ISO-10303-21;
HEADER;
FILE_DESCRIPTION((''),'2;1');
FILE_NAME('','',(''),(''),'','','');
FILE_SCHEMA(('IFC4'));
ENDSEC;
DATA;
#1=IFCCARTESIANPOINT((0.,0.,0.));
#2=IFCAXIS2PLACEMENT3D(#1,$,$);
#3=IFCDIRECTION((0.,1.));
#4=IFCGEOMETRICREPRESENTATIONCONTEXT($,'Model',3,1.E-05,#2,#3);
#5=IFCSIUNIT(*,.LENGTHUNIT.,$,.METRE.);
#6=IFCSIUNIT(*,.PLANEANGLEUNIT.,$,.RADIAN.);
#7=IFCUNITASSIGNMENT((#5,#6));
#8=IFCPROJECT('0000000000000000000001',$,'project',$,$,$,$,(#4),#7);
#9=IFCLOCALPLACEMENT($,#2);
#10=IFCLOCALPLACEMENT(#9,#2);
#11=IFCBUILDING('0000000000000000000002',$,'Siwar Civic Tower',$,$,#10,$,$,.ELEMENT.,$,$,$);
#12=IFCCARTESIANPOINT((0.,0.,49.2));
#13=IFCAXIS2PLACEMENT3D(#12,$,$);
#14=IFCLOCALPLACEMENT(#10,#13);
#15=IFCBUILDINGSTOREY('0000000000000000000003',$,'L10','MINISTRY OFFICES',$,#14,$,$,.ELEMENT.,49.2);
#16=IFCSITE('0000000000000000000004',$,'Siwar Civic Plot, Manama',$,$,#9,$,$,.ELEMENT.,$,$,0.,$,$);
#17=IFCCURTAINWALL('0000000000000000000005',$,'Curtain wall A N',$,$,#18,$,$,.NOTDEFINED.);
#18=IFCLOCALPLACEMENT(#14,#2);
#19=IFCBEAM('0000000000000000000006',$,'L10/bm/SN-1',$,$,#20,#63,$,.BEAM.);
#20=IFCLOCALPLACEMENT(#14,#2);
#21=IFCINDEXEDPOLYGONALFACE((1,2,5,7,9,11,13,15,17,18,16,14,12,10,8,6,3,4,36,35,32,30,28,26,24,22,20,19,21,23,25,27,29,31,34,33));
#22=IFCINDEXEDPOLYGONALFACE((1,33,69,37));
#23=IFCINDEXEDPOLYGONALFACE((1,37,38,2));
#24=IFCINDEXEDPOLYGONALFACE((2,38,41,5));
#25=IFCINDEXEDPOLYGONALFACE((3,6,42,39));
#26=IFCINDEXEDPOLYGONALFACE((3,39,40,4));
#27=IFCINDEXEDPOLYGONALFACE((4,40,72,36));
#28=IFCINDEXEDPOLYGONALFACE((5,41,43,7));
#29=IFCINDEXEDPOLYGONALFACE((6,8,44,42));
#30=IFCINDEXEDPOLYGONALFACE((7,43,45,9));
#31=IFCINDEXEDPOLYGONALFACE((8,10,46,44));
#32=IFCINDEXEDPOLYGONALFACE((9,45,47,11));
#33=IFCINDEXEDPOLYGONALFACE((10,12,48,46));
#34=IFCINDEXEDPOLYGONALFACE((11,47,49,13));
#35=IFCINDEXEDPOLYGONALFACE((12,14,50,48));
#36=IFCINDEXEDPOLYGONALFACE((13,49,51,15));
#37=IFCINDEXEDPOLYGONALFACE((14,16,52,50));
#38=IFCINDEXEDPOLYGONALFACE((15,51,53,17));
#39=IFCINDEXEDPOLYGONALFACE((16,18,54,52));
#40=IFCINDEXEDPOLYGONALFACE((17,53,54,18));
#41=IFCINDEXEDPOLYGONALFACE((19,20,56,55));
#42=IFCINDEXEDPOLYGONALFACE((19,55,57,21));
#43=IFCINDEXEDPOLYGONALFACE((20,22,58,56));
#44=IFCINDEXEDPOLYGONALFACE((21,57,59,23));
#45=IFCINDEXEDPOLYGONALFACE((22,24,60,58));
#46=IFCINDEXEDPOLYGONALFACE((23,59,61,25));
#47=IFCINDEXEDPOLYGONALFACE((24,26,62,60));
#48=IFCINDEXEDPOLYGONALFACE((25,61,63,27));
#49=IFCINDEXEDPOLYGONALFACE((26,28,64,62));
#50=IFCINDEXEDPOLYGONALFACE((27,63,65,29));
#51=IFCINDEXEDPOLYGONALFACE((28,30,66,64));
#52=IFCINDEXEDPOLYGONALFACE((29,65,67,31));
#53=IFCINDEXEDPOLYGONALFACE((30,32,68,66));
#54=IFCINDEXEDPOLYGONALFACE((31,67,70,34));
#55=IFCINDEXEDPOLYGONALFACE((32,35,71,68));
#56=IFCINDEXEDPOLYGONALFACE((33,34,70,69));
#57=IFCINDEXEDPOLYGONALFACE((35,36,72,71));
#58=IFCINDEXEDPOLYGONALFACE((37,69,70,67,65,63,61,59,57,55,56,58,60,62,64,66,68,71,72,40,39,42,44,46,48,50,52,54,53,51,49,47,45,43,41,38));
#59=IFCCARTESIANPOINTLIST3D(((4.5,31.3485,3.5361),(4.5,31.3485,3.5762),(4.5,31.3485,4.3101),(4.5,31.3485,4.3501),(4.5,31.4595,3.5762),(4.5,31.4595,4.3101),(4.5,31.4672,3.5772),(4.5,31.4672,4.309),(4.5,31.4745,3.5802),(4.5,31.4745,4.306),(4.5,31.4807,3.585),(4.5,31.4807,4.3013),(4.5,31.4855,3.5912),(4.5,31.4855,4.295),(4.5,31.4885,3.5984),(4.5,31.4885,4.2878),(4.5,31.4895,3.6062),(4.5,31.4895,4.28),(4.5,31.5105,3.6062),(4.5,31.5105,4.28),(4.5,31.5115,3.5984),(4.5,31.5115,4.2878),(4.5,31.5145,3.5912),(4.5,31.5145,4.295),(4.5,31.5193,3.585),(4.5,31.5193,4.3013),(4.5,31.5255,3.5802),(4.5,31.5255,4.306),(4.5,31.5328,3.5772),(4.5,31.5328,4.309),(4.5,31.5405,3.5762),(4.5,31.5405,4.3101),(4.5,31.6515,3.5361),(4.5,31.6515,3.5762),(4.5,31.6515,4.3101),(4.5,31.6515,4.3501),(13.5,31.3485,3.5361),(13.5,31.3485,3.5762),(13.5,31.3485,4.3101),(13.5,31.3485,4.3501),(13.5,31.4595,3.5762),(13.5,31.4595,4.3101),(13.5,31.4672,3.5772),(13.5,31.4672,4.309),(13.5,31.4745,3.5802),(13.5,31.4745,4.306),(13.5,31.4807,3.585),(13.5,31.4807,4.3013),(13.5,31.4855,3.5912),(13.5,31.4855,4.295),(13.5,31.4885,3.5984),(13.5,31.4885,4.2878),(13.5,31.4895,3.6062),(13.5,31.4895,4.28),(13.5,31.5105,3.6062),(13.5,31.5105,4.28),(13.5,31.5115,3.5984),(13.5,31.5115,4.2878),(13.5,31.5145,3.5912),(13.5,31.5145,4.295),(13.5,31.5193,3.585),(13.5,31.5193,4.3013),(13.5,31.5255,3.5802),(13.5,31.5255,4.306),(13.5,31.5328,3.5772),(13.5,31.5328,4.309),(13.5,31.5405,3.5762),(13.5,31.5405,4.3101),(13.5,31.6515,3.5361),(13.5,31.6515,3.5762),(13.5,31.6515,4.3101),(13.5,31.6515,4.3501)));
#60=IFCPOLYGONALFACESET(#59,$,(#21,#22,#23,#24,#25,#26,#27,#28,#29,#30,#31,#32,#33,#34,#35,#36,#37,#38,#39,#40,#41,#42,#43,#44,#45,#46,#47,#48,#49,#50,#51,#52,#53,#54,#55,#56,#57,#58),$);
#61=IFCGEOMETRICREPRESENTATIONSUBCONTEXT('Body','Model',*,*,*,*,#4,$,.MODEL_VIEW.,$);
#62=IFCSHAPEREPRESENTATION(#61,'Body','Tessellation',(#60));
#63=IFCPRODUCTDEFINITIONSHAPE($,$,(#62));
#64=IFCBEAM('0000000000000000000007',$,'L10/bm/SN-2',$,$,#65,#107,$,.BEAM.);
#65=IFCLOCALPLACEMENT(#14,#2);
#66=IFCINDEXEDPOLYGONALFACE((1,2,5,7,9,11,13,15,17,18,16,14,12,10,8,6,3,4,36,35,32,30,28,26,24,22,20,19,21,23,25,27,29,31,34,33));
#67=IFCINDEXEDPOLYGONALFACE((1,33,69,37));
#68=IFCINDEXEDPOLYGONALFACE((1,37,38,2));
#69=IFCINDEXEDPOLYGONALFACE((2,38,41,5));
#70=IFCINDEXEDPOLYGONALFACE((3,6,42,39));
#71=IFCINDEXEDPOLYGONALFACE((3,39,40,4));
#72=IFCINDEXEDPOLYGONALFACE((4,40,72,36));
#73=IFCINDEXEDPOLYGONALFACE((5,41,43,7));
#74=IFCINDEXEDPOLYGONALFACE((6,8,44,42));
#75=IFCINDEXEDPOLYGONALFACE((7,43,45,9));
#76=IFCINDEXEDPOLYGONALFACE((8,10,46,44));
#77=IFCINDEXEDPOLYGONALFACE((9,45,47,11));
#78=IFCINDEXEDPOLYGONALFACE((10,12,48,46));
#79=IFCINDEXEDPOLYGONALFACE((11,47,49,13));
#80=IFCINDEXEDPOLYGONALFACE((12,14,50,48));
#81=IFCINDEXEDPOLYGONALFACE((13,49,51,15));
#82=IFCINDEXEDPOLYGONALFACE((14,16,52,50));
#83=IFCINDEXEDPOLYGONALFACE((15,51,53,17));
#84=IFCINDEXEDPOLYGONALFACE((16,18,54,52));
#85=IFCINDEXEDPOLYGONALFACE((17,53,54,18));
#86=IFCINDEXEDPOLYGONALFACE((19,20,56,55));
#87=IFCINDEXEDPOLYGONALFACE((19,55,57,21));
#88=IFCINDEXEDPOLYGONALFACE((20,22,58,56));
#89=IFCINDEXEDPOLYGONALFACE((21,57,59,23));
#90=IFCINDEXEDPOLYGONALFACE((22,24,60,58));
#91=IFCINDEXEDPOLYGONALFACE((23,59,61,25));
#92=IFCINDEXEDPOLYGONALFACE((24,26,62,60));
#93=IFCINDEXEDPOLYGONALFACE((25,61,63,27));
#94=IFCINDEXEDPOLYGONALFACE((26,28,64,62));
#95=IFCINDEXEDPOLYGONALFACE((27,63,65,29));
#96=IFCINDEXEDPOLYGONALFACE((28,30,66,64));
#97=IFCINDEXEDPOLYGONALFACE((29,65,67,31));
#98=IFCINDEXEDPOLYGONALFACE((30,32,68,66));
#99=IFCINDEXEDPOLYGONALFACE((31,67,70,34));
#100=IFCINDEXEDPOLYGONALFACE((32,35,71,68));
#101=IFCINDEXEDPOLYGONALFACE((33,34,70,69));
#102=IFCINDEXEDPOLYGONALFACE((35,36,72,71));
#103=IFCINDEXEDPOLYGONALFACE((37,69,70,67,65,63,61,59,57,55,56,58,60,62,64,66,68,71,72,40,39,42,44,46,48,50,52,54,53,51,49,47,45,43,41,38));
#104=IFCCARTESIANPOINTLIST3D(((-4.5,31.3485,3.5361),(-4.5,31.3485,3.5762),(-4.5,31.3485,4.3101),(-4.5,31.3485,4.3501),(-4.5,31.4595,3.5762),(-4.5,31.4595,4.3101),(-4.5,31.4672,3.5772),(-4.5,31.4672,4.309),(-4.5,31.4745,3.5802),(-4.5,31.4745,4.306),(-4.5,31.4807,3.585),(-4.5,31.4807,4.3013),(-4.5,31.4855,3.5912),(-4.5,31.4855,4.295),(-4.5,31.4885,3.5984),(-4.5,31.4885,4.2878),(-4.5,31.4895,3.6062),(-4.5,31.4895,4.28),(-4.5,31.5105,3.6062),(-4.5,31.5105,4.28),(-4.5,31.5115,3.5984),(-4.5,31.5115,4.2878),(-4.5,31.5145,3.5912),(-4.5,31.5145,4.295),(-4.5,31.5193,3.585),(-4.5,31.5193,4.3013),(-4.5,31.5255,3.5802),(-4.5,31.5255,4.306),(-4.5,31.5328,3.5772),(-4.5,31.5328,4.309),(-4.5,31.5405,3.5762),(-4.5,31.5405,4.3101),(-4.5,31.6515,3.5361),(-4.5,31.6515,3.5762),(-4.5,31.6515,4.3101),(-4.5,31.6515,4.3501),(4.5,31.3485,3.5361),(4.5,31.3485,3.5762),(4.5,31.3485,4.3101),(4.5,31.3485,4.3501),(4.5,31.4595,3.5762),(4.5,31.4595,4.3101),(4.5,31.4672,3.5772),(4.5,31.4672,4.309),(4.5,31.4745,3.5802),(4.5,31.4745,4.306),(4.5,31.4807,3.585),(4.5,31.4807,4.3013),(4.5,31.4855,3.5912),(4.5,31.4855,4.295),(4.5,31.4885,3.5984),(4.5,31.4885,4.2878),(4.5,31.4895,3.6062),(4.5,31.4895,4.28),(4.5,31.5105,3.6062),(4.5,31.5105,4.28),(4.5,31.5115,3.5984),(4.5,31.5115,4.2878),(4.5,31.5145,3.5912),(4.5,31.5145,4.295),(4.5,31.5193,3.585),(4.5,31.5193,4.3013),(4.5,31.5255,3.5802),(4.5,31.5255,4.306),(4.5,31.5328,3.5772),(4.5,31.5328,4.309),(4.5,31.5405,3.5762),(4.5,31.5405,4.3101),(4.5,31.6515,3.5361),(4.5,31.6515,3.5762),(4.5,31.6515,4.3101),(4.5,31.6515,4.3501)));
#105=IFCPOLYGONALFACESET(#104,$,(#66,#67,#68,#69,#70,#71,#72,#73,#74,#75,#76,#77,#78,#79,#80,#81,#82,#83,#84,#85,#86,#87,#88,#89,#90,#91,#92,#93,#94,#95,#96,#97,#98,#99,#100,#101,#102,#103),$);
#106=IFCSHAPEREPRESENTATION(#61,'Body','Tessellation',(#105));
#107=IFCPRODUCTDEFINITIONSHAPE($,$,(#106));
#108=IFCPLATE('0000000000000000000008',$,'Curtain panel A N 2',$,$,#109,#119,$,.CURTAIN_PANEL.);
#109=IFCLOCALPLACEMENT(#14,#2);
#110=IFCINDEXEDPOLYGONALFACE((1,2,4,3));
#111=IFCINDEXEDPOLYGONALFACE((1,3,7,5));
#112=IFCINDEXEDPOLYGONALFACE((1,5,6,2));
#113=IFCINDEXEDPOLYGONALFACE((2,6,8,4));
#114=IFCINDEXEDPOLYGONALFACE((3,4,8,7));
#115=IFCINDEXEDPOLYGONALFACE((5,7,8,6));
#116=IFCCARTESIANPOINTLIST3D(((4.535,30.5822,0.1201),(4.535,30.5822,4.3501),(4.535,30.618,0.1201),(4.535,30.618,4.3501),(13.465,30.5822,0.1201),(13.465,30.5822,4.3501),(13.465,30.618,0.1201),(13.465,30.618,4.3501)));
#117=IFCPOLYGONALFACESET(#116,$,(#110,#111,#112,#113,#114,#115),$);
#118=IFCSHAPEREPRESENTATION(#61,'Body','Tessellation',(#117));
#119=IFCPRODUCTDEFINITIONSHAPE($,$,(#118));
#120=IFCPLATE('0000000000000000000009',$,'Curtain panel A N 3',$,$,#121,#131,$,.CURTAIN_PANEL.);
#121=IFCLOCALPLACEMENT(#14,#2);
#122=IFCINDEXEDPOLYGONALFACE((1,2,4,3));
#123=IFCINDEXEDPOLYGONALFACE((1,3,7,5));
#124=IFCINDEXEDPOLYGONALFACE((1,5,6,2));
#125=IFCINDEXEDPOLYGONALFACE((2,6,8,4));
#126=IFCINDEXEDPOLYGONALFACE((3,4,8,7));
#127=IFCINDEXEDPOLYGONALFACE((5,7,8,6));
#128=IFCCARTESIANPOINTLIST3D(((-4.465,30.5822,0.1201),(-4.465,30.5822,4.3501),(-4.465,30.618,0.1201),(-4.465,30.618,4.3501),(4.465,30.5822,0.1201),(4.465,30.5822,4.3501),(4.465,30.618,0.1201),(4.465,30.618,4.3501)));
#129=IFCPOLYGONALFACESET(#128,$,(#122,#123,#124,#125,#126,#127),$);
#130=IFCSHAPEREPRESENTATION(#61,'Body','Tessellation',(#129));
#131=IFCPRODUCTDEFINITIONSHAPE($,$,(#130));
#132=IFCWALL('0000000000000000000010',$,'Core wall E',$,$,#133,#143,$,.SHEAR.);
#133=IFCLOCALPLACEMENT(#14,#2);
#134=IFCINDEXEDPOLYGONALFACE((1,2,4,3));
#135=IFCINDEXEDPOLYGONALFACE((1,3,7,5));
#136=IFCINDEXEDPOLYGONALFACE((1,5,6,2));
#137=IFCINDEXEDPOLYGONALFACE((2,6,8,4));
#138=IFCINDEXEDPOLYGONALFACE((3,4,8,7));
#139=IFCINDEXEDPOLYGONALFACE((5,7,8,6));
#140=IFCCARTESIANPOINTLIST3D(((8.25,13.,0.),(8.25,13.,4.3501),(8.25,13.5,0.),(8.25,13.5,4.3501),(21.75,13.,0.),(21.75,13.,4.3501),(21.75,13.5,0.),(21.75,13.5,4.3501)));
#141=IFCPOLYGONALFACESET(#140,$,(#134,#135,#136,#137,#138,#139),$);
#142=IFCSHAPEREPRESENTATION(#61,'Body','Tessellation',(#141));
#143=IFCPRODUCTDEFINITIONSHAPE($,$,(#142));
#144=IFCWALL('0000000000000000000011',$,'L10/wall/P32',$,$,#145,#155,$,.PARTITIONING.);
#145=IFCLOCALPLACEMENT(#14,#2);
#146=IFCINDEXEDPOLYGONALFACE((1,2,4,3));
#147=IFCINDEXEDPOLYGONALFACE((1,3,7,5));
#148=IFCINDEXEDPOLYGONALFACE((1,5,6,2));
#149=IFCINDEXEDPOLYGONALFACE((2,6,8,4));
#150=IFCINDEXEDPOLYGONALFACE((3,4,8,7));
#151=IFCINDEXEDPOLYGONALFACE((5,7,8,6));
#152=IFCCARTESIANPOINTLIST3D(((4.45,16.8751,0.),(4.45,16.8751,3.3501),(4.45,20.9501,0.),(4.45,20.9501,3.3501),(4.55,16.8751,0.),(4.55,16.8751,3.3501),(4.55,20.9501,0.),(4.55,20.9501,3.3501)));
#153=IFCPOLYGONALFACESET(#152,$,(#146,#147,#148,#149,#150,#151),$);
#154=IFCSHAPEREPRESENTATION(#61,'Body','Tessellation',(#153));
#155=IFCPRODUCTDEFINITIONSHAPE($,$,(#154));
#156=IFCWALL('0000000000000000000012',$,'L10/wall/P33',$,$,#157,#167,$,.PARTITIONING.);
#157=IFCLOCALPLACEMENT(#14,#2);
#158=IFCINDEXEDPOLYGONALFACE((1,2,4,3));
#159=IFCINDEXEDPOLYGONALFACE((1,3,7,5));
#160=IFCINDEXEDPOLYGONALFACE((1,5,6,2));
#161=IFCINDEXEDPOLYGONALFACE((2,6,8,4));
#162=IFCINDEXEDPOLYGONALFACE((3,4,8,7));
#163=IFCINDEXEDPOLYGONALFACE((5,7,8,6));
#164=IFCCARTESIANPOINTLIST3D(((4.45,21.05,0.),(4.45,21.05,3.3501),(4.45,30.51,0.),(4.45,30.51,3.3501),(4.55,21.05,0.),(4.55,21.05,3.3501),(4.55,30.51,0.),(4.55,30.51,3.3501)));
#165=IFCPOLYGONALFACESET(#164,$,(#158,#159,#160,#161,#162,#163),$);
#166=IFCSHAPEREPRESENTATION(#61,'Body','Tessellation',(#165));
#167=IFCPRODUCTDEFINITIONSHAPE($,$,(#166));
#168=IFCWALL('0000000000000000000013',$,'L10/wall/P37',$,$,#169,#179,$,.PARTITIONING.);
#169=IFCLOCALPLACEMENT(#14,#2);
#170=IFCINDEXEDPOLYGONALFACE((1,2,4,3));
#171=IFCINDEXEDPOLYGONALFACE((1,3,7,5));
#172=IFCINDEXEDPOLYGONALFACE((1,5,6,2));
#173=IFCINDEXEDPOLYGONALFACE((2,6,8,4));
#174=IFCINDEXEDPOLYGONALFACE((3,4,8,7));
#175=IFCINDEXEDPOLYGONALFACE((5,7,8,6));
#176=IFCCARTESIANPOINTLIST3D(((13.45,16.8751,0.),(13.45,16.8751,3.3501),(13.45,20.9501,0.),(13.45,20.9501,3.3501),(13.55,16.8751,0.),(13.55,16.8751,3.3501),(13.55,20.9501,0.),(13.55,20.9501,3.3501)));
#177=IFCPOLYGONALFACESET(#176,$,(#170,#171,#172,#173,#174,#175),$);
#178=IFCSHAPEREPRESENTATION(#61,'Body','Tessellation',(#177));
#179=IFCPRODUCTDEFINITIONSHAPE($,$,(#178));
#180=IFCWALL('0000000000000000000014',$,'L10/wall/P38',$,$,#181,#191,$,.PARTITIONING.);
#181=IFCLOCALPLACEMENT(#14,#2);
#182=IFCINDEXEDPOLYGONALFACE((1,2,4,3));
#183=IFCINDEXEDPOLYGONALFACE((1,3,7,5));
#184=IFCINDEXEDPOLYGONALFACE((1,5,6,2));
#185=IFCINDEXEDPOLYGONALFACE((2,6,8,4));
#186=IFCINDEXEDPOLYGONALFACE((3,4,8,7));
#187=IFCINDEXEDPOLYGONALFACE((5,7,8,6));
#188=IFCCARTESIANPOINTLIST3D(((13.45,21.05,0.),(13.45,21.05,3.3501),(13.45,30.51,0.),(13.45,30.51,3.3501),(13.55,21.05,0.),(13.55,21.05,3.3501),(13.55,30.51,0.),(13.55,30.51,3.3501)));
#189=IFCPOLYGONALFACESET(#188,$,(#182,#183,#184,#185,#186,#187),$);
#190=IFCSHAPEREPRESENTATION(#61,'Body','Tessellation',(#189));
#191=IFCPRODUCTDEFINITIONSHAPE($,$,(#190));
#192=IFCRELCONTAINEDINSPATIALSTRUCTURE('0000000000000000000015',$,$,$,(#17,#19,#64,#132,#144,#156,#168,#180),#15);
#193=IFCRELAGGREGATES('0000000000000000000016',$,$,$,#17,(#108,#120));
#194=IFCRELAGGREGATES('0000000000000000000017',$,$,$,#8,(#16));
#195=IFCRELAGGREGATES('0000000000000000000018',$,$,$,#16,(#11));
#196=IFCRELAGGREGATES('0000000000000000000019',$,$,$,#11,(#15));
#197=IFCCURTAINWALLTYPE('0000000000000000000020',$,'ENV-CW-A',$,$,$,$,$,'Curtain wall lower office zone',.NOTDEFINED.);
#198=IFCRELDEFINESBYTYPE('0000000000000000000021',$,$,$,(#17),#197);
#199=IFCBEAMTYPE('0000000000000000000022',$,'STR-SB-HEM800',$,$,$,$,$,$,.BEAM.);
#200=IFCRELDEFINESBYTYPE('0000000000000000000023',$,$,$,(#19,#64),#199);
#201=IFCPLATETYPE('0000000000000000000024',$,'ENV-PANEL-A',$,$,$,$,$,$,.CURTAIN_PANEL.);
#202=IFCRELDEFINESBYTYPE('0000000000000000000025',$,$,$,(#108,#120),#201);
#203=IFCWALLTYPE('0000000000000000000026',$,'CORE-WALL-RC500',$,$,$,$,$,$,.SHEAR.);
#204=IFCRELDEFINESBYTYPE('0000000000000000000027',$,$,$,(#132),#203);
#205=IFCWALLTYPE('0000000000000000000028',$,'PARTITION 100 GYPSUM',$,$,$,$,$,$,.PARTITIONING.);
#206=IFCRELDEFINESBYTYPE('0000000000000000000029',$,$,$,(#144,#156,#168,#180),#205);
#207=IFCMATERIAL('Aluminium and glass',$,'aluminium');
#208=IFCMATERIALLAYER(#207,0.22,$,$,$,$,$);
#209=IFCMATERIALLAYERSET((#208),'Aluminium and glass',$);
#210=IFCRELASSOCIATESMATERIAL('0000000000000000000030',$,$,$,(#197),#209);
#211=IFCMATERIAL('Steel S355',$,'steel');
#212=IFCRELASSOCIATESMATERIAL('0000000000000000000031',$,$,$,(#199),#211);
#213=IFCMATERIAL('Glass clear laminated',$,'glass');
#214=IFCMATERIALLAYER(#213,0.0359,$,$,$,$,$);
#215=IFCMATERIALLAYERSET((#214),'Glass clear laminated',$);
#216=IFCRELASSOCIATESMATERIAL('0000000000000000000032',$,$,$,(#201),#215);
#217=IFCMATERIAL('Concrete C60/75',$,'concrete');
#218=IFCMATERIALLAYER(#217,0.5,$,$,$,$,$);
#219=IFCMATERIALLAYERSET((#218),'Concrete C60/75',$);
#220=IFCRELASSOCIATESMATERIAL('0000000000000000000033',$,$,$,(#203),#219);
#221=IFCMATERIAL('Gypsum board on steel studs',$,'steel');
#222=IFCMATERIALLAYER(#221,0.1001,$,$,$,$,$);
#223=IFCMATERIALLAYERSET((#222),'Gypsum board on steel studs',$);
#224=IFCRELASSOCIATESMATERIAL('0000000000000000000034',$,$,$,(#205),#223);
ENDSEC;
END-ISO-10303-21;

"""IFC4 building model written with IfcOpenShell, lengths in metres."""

from ifc_helpers import new_model, si_unit, direction, frame, frame_2d, origin, origin_2d, place, context, subcontext, project, spatial, rectangle, i_section, extrude, material, layer, layer_set, material_profile, profile_set, type_object, element, aggregate, save


model = new_model("IFC4")

# Units and contexts
model_context = context("Model", 3, precision=1e-05, world=origin(), true_north=direction((0.0, 1.0)))
body_context = subcontext(model_context, "Body", "Model", "MODEL_VIEW")
ifc_project = project(units=[si_unit("LENGTHUNIT", "METRE"), si_unit("PLANEANGLEUNIT", "RADIAN")], contexts=[model_context])

# Site, building, storey
site_placement = place(None, origin())
site = spatial("IfcSite", under=ifc_project, at=site_placement, Name="Siwar Civic Plot, Manama", CompositionType="ELEMENT", RefElevation=0.0)
building_placement = place(site_placement, origin())
building = spatial("IfcBuilding", under=site, at=building_placement, Name="Siwar Civic Tower", CompositionType="ELEMENT")
storey_placement = place(building_placement, frame((0.0, 0.0, 49.2)))
storey = spatial("IfcBuildingStorey", under=building, at=storey_placement, Name="L10", Description="MINISTRY OFFICES", CompositionType="ELEMENT", Elevation=49.2)

# Curtain wall
ifc_material_1 = material(Name="Aluminium and glass", Category="aluminium")
ifc_layer_1 = layer(ifc_material_1, 0.22)
ifc_layer_set_1 = layer_set([ifc_layer_1], Name="Aluminium and glass")
curtain_wall_type = type_object("IfcCurtainWallType", Name="ENV-CW-A", ElementType="Curtain wall lower office zone", PredefinedType="NOTDEFINED", material=ifc_layer_set_1)
curtain_wall_placement = place(storey_placement, origin())
curtain_wall = element("IfcCurtainWall", 1, at=curtain_wall_placement, inside=storey, type_object=curtain_wall_type, Name="Curtain wall A N", PredefinedType="NOTDEFINED")

# Beams
ifc_material_2 = material(Name="Steel S355", Category="steel")
ifc_material_profile_1 = material_profile(ifc_material_2, i_section(OverallWidth=0.303, OverallDepth=0.814, WebThickness=0.021, FlangeThickness=0.04, FilletRadius=0.03, at=origin_2d()), Name="HEM800")
ifc_profile_set_1 = profile_set([ifc_material_profile_1], Name="Steel S355")
beam_type_1 = type_object("IfcBeamType", Name="STR-SB-HEM800", PredefinedType="BEAM", material=ifc_profile_set_1)
for number, where, z_axis, x_axis, name in (
    (2, (13.5, 31.5, 3.9431), (-1.0, 0.0, 0.0), (0.0, -1.0, 0.0), "L10/bm/SN-1"),
    (3, (4.5, 31.5, 3.9431), (-1.0, 0.0, 0.0), (0.0, -1.0, 0.0), "L10/bm/SN-2"),
):
    element("IfcBeam", number, at=place(storey_placement, frame(where, z_axis=z_axis, x_axis=x_axis)), inside=storey, type_object=beam_type_1, Name=name, PredefinedType="BEAM", context=body_context, shape_type="SweptSolid", body=[
        extrude(i_section(OverallWidth=0.303, OverallDepth=0.814, WebThickness=0.021, FlangeThickness=0.04, FilletRadius=0.03, at=origin_2d()), origin(), (0.0, 0.0, 1.0), 9.0),
    ])

# Plates
ifc_material_3 = material(Name="Glass clear laminated", Category="glass")
ifc_layer_2 = layer(ifc_material_3, 0.0359)
ifc_layer_set_2 = layer_set([ifc_layer_2], Name="Glass clear laminated")
plate_type = type_object("IfcPlateType", Name="ENV-PANEL-A", PredefinedType="CURTAIN_PANEL", material=ifc_layer_set_2)
plate_1_placement = place(storey_placement, frame((9.0, 30.6001, 0.1201), z_axis=(0.0, 0.0, 1.0), x_axis=(-1.0, 0.0, 0.0)))
plate_1 = element("IfcPlate", 4, at=plate_1_placement, type_object=plate_type, Name="Curtain panel A N 2", PredefinedType="CURTAIN_PANEL", context=body_context, shape_type="SweptSolid", body=[
    extrude(rectangle(XDim=8.9299, YDim=0.0359, at=origin_2d()), origin(), (0.0, 0.0, 1.0), 4.23),
])
plate_2_placement = place(storey_placement, frame((0.0, 30.6001, 0.1201), z_axis=(0.0, 0.0, 1.0), x_axis=(-1.0, 0.0, 0.0)))
plate_2 = element("IfcPlate", 5, at=plate_2_placement, type_object=plate_type, Name="Curtain panel A N 3", PredefinedType="CURTAIN_PANEL", context=body_context, shape_type="SweptSolid", body=[
    extrude(rectangle(XDim=8.9299, YDim=0.0359, at=origin_2d()), origin(), (0.0, 0.0, 1.0), 4.23),
])
aggregate(curtain_wall, [plate_1, plate_2])

# Walls
ifc_material_4 = material(Name="Concrete C60/75", Category="concrete")
ifc_layer_3 = layer(ifc_material_4, 0.5)
ifc_layer_set_3 = layer_set([ifc_layer_3], Name="Concrete C60/75")
wall_type_1 = type_object("IfcWallType", Name="CORE-WALL-RC500", PredefinedType="SHEAR", material=ifc_layer_set_3)
wall_1_placement = place(storey_placement, frame((8.25, 13.25, 0.0), z_axis=(0.0, 0.0, 1.0), x_axis=(1.0, 0.0, 0.0)))
element("IfcWall", 6, at=wall_1_placement, inside=storey, type_object=wall_type_1, Name="Core wall E", PredefinedType="SHEAR", context=body_context, shape_type="SweptSolid", body=[
    extrude(rectangle(XDim=13.5, YDim=0.5, at=frame_2d((6.75, 0.0))), origin(), (0.0, 0.0, 1.0), 4.3501),
])
ifc_material_5 = material(Name="Gypsum board on steel studs", Category="steel")
ifc_layer_4 = layer(ifc_material_5, 0.1001)
ifc_layer_set_4 = layer_set([ifc_layer_4], Name="Gypsum board on steel studs")
wall_type_2 = type_object("IfcWallType", Name="PARTITION 100 GYPSUM", PredefinedType="PARTITIONING", material=ifc_layer_set_4)
wall_2_placement = place(storey_placement, frame((4.5, 16.875, 0.0), z_axis=(0.0, 0.0, 1.0), x_axis=(0.0, 1.0, 0.0)))
element("IfcWall", 7, at=wall_2_placement, inside=storey, type_object=wall_type_2, Name="L10/wall/P32", PredefinedType="PARTITIONING", context=body_context, shape_type="SweptSolid", body=[
    extrude(rectangle(XDim=4.075, YDim=0.1001, at=frame_2d((2.0376, 0.0))), origin(), (0.0, 0.0, 1.0), 3.3501),
])
wall_3_placement = place(storey_placement, frame((4.5, 21.05, 0.0), z_axis=(0.0, 0.0, 1.0), x_axis=(0.0, 1.0, 0.0)))
element("IfcWall", 8, at=wall_3_placement, inside=storey, type_object=wall_type_2, Name="L10/wall/P33", PredefinedType="PARTITIONING", context=body_context, shape_type="SweptSolid", body=[
    extrude(rectangle(XDim=9.46, YDim=0.1001, at=frame_2d((4.73, 0.0))), origin(), (0.0, 0.0, 1.0), 3.3501),
])
wall_4_placement = place(storey_placement, frame((13.5, 16.875, 0.0), z_axis=(0.0, 0.0, 1.0), x_axis=(0.0, 1.0, 0.0)))
element("IfcWall", 9, at=wall_4_placement, inside=storey, type_object=wall_type_2, Name="L10/wall/P37", PredefinedType="PARTITIONING", context=body_context, shape_type="SweptSolid", body=[
    extrude(rectangle(XDim=4.075, YDim=0.1001, at=frame_2d((2.0376, 0.0))), origin(), (0.0, 0.0, 1.0), 3.3501),
])
wall_5_placement = place(storey_placement, frame((13.5, 21.05, 0.0), z_axis=(0.0, 0.0, 1.0), x_axis=(0.0, 1.0, 0.0)))
element("IfcWall", 10, at=wall_5_placement, inside=storey, type_object=wall_type_2, Name="L10/wall/P38", PredefinedType="PARTITIONING", context=body_context, shape_type="SweptSolid", body=[
    extrude(rectangle(XDim=9.46, YDim=0.1001, at=frame_2d((4.73, 0.0))), origin(), (0.0, 0.0, 1.0), 3.3501),
])

save(model, "model.ifc")
